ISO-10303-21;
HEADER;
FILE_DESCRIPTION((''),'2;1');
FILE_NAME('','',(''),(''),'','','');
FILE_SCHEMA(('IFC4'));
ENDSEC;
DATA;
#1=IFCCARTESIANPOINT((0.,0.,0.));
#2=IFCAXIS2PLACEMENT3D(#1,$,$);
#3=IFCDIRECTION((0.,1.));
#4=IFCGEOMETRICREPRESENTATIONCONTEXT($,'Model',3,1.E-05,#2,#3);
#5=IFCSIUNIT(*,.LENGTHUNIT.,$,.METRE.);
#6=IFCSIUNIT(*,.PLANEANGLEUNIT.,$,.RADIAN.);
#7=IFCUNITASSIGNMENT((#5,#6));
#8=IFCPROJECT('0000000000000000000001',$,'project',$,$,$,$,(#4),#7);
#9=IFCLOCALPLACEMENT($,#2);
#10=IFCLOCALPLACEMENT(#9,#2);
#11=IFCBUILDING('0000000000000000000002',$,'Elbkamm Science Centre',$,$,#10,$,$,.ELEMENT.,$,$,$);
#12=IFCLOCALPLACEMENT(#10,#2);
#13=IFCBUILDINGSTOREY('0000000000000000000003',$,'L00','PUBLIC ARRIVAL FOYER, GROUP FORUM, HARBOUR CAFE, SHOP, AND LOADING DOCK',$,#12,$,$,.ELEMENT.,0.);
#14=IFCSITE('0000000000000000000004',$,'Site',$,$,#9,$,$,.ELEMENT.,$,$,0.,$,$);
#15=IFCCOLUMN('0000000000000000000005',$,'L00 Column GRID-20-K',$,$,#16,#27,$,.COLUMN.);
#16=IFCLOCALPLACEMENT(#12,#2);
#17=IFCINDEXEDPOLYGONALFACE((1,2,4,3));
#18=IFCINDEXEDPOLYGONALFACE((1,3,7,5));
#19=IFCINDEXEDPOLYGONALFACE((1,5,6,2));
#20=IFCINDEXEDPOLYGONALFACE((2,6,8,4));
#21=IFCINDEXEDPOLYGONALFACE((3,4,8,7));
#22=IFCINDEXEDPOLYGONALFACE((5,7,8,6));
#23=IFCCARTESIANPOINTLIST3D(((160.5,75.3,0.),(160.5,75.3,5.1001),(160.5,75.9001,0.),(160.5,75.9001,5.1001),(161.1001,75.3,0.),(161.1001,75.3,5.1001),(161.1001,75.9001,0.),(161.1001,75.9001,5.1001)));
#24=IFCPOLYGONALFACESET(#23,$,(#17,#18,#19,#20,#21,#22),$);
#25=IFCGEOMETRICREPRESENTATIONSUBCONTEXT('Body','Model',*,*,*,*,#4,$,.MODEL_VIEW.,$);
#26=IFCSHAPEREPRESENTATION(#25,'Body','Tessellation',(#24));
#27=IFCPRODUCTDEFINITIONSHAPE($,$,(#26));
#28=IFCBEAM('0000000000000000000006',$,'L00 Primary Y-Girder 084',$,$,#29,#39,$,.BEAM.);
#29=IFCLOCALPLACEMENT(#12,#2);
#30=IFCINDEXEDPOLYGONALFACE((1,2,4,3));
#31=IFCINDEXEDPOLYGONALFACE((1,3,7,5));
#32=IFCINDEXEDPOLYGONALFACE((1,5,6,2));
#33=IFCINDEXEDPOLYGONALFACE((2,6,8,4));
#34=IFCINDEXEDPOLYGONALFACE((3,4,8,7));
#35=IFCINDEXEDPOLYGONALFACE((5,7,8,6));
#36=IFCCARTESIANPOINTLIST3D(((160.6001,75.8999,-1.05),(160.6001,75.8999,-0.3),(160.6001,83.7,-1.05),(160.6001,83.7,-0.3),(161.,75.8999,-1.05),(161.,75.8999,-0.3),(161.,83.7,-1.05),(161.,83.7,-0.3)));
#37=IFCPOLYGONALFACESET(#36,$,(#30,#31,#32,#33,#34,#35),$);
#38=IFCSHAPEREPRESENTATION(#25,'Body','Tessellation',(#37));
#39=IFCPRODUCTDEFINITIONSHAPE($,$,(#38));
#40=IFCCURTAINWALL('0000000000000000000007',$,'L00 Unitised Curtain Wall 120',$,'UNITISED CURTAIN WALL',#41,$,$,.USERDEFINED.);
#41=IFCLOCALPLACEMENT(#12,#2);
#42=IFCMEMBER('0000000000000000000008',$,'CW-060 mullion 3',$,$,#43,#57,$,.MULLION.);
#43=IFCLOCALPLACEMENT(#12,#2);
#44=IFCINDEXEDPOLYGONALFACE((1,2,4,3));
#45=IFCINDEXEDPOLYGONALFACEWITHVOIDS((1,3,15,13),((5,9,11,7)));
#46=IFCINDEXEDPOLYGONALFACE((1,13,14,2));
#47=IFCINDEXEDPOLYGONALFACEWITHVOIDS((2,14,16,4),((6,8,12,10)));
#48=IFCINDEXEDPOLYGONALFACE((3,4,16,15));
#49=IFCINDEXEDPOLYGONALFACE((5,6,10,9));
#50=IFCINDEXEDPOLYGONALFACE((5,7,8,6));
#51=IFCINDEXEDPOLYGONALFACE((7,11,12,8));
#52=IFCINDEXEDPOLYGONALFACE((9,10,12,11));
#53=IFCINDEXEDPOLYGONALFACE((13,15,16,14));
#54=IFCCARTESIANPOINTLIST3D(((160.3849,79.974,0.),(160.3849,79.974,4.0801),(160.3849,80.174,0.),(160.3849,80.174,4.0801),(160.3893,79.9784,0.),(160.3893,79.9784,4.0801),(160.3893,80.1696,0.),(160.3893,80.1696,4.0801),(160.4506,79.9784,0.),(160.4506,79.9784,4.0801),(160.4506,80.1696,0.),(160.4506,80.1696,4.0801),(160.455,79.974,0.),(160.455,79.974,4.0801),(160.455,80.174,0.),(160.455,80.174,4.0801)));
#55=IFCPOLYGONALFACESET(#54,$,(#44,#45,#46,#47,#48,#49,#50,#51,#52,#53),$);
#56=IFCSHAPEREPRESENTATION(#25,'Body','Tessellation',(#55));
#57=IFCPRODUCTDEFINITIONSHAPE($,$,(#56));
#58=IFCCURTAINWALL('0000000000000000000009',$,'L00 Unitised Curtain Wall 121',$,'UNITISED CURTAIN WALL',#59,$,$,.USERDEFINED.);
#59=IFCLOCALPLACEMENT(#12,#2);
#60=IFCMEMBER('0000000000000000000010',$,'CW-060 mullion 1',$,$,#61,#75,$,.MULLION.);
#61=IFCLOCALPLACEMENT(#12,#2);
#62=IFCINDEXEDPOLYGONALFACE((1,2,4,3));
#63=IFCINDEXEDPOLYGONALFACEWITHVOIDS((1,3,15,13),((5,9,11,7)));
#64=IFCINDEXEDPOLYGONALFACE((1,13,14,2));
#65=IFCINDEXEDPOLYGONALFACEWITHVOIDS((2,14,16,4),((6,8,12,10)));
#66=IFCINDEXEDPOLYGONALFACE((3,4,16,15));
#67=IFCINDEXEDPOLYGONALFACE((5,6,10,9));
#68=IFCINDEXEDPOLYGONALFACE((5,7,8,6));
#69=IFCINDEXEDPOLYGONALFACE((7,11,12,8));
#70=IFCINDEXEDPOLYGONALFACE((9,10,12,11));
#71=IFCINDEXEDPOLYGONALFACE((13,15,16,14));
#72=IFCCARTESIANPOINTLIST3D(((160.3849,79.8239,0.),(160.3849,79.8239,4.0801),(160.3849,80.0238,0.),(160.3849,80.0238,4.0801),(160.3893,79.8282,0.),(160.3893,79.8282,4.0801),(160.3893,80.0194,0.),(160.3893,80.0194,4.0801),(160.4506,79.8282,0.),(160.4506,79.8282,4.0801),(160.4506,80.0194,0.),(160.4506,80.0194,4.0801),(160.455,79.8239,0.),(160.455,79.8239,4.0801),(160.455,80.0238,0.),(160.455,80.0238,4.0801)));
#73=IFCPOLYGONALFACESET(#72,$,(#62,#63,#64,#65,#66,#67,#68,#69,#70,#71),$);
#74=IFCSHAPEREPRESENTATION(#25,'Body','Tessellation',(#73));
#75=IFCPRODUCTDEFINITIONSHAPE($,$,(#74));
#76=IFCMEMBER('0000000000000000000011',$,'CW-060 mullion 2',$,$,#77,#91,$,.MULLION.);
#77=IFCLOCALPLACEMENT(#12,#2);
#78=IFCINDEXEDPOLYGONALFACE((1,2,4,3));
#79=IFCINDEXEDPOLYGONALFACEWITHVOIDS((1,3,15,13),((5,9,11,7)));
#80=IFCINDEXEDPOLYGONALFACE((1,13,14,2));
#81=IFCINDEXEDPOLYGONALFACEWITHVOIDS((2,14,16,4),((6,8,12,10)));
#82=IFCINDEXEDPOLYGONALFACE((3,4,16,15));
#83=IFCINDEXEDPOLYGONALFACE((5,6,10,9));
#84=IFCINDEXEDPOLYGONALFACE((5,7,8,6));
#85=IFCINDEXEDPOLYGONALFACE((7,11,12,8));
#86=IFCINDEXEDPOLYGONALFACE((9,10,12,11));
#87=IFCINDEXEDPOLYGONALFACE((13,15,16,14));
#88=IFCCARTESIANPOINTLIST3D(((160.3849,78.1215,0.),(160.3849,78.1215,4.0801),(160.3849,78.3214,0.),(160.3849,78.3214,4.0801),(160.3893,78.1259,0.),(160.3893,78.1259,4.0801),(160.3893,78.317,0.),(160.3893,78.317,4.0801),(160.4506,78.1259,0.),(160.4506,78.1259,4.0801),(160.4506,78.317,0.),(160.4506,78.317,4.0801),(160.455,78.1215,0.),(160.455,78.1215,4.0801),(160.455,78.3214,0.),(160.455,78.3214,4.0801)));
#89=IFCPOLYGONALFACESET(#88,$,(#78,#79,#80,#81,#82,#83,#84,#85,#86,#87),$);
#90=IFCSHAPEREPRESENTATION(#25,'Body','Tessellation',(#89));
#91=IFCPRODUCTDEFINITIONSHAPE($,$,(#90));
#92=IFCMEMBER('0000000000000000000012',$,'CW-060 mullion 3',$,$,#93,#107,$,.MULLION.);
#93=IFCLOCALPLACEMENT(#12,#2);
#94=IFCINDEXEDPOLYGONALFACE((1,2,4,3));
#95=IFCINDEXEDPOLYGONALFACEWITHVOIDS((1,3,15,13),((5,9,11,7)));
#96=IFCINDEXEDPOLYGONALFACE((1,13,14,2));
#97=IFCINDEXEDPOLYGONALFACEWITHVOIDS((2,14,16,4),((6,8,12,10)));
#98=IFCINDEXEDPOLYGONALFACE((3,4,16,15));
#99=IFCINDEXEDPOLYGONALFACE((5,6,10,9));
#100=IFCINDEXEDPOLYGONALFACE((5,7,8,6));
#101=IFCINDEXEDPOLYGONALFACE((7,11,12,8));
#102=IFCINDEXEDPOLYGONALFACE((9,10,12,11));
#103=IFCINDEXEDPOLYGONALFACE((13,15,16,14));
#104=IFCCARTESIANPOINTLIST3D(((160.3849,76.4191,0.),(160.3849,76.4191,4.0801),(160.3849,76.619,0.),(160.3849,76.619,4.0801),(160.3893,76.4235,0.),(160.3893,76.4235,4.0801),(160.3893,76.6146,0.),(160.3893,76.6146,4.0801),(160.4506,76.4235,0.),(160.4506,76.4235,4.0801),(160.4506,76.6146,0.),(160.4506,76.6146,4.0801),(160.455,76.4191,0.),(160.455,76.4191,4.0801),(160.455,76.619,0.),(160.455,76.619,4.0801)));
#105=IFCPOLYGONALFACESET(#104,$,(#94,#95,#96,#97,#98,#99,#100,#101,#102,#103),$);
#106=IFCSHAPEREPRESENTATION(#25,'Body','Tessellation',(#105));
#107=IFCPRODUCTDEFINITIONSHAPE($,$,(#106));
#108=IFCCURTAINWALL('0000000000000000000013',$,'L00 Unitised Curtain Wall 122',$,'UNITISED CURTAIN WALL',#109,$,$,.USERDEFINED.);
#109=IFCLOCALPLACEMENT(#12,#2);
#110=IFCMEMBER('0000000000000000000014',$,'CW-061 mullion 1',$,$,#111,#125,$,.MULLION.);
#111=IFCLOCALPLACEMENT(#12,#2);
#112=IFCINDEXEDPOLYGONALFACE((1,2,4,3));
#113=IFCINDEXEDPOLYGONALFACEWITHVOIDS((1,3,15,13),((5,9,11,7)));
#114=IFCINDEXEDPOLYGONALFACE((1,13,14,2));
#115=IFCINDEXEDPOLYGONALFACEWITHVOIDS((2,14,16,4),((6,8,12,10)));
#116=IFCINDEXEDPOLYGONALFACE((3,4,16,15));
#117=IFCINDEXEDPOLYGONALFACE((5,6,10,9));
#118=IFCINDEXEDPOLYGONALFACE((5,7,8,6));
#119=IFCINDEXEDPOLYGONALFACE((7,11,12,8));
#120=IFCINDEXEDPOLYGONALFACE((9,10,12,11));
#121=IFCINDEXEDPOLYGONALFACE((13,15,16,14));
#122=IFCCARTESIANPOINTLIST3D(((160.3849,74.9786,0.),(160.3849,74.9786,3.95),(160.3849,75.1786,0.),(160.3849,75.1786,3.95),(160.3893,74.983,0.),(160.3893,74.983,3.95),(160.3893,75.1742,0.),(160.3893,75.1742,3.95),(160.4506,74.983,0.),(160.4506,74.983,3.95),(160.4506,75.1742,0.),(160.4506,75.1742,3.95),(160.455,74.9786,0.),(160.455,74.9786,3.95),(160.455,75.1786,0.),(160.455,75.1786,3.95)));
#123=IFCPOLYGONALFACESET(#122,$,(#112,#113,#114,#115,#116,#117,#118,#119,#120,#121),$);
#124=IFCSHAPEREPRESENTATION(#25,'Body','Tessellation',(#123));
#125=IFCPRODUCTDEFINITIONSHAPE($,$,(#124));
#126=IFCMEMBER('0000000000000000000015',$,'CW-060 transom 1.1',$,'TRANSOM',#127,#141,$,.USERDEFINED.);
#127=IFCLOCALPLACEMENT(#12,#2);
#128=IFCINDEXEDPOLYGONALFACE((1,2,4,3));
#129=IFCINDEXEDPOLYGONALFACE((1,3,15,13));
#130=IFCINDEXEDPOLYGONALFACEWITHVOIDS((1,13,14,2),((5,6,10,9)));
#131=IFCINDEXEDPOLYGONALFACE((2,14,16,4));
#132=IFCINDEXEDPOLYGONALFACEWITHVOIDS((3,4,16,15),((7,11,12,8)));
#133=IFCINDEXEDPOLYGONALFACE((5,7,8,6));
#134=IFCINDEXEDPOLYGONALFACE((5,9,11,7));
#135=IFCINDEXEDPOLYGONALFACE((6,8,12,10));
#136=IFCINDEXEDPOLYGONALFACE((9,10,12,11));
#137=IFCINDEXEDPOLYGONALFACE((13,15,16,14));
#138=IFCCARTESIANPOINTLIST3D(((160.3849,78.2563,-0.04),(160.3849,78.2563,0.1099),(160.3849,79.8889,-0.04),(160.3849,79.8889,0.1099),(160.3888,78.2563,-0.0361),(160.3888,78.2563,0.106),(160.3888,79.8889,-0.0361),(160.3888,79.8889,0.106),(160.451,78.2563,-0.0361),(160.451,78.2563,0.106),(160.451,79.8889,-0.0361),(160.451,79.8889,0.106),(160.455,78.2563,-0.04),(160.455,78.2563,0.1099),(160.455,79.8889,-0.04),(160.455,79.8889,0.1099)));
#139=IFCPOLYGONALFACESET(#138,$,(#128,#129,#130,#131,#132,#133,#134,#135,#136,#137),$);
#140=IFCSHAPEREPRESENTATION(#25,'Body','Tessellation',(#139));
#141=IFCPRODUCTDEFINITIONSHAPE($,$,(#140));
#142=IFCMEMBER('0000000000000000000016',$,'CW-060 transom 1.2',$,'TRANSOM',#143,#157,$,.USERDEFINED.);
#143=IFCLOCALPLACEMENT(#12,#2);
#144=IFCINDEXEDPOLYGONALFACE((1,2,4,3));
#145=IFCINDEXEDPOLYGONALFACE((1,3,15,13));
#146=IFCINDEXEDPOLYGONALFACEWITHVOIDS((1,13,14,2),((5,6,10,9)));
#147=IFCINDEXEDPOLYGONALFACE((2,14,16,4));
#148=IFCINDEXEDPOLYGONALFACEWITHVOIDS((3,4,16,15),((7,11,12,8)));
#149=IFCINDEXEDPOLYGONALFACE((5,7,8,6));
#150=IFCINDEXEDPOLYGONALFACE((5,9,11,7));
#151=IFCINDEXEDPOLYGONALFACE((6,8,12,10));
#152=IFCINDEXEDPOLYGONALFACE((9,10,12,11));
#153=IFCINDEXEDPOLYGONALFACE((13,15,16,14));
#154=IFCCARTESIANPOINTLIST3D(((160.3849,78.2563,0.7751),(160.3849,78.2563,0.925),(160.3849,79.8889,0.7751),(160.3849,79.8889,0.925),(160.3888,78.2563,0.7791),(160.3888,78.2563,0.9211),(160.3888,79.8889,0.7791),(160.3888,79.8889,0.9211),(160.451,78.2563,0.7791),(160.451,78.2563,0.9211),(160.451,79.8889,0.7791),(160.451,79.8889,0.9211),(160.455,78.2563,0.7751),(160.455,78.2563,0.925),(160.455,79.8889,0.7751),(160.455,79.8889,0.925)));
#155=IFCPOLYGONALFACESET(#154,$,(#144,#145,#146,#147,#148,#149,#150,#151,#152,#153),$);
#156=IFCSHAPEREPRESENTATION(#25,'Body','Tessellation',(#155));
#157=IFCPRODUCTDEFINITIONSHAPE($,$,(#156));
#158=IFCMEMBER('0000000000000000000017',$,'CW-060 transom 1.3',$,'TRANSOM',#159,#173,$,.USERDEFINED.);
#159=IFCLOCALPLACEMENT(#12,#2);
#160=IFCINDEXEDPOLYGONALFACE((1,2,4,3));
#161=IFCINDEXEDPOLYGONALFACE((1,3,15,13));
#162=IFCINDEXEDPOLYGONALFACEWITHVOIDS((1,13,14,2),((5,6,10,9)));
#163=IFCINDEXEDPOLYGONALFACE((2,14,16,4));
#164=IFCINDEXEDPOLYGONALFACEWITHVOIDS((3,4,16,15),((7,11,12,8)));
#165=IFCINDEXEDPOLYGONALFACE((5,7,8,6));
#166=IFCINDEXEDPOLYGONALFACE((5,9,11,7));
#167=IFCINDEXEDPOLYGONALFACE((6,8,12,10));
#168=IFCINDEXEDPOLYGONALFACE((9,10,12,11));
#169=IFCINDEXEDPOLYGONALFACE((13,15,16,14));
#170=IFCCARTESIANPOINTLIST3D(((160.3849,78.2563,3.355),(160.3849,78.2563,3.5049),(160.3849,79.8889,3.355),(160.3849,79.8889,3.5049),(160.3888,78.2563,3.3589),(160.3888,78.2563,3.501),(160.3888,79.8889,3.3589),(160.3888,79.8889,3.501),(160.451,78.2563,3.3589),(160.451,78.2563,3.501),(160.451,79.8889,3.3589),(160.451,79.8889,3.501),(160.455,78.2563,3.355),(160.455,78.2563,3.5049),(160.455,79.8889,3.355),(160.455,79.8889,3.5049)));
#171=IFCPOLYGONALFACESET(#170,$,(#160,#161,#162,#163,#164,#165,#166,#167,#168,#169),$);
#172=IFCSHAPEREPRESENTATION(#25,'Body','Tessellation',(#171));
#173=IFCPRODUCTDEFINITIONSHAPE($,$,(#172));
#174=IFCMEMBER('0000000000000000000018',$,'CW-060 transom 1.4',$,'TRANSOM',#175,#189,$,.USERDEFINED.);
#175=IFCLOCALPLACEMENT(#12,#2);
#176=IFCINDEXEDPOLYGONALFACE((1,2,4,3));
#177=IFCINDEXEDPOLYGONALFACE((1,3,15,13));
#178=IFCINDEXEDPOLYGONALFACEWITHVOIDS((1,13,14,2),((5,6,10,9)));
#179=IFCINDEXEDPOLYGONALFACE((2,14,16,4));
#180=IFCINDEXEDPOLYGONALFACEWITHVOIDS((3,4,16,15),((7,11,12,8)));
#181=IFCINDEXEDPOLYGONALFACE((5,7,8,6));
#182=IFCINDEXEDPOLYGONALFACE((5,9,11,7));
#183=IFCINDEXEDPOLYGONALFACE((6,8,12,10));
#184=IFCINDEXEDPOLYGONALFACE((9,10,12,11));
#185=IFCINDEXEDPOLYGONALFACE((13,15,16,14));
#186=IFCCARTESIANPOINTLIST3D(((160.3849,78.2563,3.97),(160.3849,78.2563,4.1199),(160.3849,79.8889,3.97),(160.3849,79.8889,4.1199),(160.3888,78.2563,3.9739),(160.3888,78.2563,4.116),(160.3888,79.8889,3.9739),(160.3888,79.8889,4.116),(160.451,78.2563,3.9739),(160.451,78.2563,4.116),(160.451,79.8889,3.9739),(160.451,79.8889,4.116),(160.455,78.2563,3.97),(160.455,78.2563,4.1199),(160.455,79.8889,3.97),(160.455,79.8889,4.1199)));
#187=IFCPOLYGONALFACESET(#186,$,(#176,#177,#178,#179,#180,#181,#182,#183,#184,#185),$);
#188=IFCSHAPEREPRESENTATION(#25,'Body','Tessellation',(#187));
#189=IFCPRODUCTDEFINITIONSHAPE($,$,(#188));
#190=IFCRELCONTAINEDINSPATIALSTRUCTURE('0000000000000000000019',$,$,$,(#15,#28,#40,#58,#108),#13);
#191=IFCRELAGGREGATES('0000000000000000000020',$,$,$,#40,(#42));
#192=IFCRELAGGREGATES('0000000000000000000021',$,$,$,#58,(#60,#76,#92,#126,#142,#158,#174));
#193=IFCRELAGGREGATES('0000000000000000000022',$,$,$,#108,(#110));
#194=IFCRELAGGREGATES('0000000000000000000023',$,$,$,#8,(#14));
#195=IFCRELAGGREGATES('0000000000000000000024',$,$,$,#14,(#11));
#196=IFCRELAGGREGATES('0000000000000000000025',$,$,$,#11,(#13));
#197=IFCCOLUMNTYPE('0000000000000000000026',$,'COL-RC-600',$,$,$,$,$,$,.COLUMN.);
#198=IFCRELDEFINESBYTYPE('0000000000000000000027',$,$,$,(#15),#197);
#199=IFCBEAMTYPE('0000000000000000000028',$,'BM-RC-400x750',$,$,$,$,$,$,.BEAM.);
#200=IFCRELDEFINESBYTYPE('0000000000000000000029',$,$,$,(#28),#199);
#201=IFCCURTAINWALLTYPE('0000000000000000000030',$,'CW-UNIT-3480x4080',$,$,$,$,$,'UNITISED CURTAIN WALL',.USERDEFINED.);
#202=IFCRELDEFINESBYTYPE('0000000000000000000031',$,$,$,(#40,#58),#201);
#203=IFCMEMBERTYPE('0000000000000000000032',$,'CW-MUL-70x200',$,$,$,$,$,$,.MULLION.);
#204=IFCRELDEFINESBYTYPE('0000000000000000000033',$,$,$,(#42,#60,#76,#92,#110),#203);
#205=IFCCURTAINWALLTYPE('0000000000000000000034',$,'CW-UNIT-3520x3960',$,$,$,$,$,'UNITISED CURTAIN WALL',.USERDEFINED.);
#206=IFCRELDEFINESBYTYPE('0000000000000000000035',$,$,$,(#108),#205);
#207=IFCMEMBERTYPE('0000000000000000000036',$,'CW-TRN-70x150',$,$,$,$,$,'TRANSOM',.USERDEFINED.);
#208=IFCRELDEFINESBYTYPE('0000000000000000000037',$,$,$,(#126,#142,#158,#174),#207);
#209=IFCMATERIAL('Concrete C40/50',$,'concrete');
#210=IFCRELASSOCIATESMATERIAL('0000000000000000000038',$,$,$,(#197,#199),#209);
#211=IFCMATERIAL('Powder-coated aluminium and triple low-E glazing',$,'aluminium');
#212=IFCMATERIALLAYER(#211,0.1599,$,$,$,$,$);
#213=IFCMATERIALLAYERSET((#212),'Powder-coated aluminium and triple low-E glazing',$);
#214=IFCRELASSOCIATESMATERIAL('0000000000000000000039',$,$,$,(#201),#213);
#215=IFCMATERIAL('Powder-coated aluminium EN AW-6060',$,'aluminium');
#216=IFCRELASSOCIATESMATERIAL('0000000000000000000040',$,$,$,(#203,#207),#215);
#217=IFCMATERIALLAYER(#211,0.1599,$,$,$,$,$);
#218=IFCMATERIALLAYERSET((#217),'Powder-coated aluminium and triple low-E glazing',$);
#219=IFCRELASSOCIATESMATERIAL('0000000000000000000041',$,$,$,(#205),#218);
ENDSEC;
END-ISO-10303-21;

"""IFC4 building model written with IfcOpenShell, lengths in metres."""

from ifc_helpers import new_model, si_unit, direction, frame, origin, origin_2d, place, context, subcontext, project, spatial, rectangle, hollow_rectangle, extrude, material, layer, layer_set, material_profile, profile_set, type_object, element, aggregate, save


model = new_model("IFC4")

# Units and contexts
model_context = context("Model", 3, precision=1e-05, world=origin(), true_north=direction((0.0, 1.0)))
body_context = subcontext(model_context, "Body", "Model", "MODEL_VIEW")
ifc_project = project(units=[si_unit("LENGTHUNIT", "METRE"), si_unit("PLANEANGLEUNIT", "RADIAN")], contexts=[model_context])

# Site, building, storey
site_placement = place(None, origin())
site = spatial("IfcSite", under=ifc_project, at=site_placement, Name="Site", CompositionType="ELEMENT", RefElevation=0.0)
building_placement = place(site_placement, origin())
building = spatial("IfcBuilding", under=site, at=building_placement, Name="Elbkamm Science Centre", CompositionType="ELEMENT")
storey_placement = place(building_placement, origin())
storey = spatial("IfcBuildingStorey", under=building, at=storey_placement, Name="L00", Description="PUBLIC ARRIVAL FOYER, GROUP FORUM, HARBOUR CAFE, SHOP, AND LOADING DOCK", CompositionType="ELEMENT", Elevation=0.0)

# Column
ifc_material_1 = material(Name="Concrete C40/50", Category="concrete")
ifc_material_profile_1 = material_profile(ifc_material_1, rectangle(XDim=0.6001, YDim=0.6001, at=origin_2d()), Name="RC 600x600")
ifc_profile_set_1 = profile_set([ifc_material_profile_1], Name="Concrete C40/50")
column_type = type_object("IfcColumnType", Name="COL-RC-600", PredefinedType="COLUMN", material=ifc_profile_set_1)
column_placement = place(storey_placement, frame((160.8, 75.6001, 0.0), z_axis=(0.0, 0.0, 1.0), x_axis=(1.0, 0.0, 0.0)))
element("IfcColumn", 1, at=column_placement, inside=storey, type_object=column_type, Name="L00 Column GRID-20-K", PredefinedType="COLUMN", context=body_context, shape_type="SweptSolid", body=[
    extrude(rectangle(XDim=0.6001, YDim=0.6001, at=origin_2d()), origin(), (0.0, 0.0, 1.0), 5.1001),
])

# Beam
ifc_material_profile_2 = material_profile(ifc_material_1, rectangle(XDim=0.3999, YDim=0.75, at=origin_2d()), Name="RC 400x750")
ifc_profile_set_2 = profile_set([ifc_material_profile_2], Name="Concrete C40/50")
beam_type = type_object("IfcBeamType", Name="BM-RC-400x750", PredefinedType="BEAM", material=ifc_profile_set_2)
beam_placement = place(storey_placement, frame((160.8, 75.8999, -0.675), z_axis=(0.0, 1.0, 0.0), x_axis=(-1.0, 0.0, 0.0)))
element("IfcBeam", 2, at=beam_placement, inside=storey, type_object=beam_type, Name="L00 Primary Y-Girder 084", PredefinedType="BEAM", context=body_context, shape_type="SweptSolid", body=[
    extrude(rectangle(XDim=0.3999, YDim=0.75, at=origin_2d()), origin(), (0.0, 0.0, 1.0), 7.8),
])

# Curtain wall, member
ifc_material_2 = material(Name="Powder-coated aluminium and triple low-E glazing", Category="aluminium")
ifc_layer_1 = layer(ifc_material_2, 0.1599)
ifc_layer_set_1 = layer_set([ifc_layer_1], Name="Powder-coated aluminium and triple low-E glazing")
curtain_wall_type_1 = type_object("IfcCurtainWallType", Name="CW-UNIT-3480x4080", ElementType="UNITISED CURTAIN WALL", PredefinedType="USERDEFINED", material=ifc_layer_set_1)
curtain_wall_1_placement = place(storey_placement, origin())
curtain_wall_1 = element("IfcCurtainWall", 3, at=curtain_wall_1_placement, inside=storey, type_object=curtain_wall_type_1, Name="L00 Unitised Curtain Wall 120", ObjectType="UNITISED CURTAIN WALL", PredefinedType="USERDEFINED")
ifc_material_3 = material(Name="Powder-coated aluminium EN AW-6060", Category="aluminium")
ifc_material_profile_3 = material_profile(ifc_material_3, hollow_rectangle(XDim=0.0701, YDim=0.2, WallThickness=0.0044, at=origin_2d()), Name="ALU M70x200")
ifc_profile_set_3 = profile_set([ifc_material_profile_3], Name="Powder-coated aluminium EN AW-6060")
member_type_1 = type_object("IfcMemberType", Name="CW-MUL-70x200", PredefinedType="MULLION", material=ifc_profile_set_3)
member_1_placement = place(storey_placement, frame((160.4199, 80.074, 0.0), z_axis=(0.0, 0.0, 1.0), x_axis=(1.0, 0.0, 0.0)))
member_1 = element("IfcMember", 4, at=member_1_placement, type_object=member_type_1, Name="CW-060 mullion 3", PredefinedType="MULLION", context=body_context, shape_type="SweptSolid", body=[
    extrude(hollow_rectangle(XDim=0.0701, YDim=0.2, WallThickness=0.0044, at=origin_2d()), origin(), (0.0, 0.0, 1.0), 4.0801),
])

# Curtain wall, members
curtain_wall_2_placement = place(storey_placement, origin())
curtain_wall_2 = element("IfcCurtainWall", 5, at=curtain_wall_2_placement, inside=storey, type_object=curtain_wall_type_1, Name="L00 Unitised Curtain Wall 121", ObjectType="UNITISED CURTAIN WALL", PredefinedType="USERDEFINED")
member_2_placement = place(storey_placement, frame((160.4199, 79.9238, 0.0), z_axis=(0.0, 0.0, 1.0), x_axis=(1.0, 0.0, 0.0)))
member_2 = element("IfcMember", 6, at=member_2_placement, type_object=member_type_1, Name="CW-060 mullion 1", PredefinedType="MULLION", context=body_context, shape_type="SweptSolid", body=[
    extrude(hollow_rectangle(XDim=0.0701, YDim=0.2, WallThickness=0.0044, at=origin_2d()), origin(), (0.0, 0.0, 1.0), 4.0801),
])
member_3_placement = place(storey_placement, frame((160.4199, 78.2214, 0.0), z_axis=(0.0, 0.0, 1.0), x_axis=(1.0, 0.0, 0.0)))
member_3 = element("IfcMember", 7, at=member_3_placement, type_object=member_type_1, Name="CW-060 mullion 2", PredefinedType="MULLION", context=body_context, shape_type="SweptSolid", body=[
    extrude(hollow_rectangle(XDim=0.0701, YDim=0.2, WallThickness=0.0044, at=origin_2d()), origin(), (0.0, 0.0, 1.0), 4.0801),
])
member_4_placement = place(storey_placement, frame((160.4199, 76.519, 0.0), z_axis=(0.0, 0.0, 1.0), x_axis=(1.0, 0.0, 0.0)))
member_4 = element("IfcMember", 8, at=member_4_placement, type_object=member_type_1, Name="CW-060 mullion 3", PredefinedType="MULLION", context=body_context, shape_type="SweptSolid", body=[
    extrude(hollow_rectangle(XDim=0.0701, YDim=0.2, WallThickness=0.0044, at=origin_2d()), origin(), (0.0, 0.0, 1.0), 4.0801),
])

# Curtain wall, member
ifc_layer_2 = layer(ifc_material_2, 0.1599)
ifc_layer_set_2 = layer_set([ifc_layer_2], Name="Powder-coated aluminium and triple low-E glazing")
curtain_wall_type_2 = type_object("IfcCurtainWallType", Name="CW-UNIT-3520x3960", ElementType="UNITISED CURTAIN WALL", PredefinedType="USERDEFINED", material=ifc_layer_set_2)
curtain_wall_3_placement = place(storey_placement, origin())
curtain_wall_3 = element("IfcCurtainWall", 9, at=curtain_wall_3_placement, inside=storey, type_object=curtain_wall_type_2, Name="L00 Unitised Curtain Wall 122", ObjectType="UNITISED CURTAIN WALL", PredefinedType="USERDEFINED")
member_5_placement = place(storey_placement, frame((160.4199, 75.0786, 0.0), z_axis=(0.0, 0.0, 1.0), x_axis=(1.0, 0.0, 0.0)))
member_5 = element("IfcMember", 10, at=member_5_placement, type_object=member_type_1, Name="CW-061 mullion 1", PredefinedType="MULLION", context=body_context, shape_type="SweptSolid", body=[
    extrude(hollow_rectangle(XDim=0.0701, YDim=0.2, WallThickness=0.0044, at=origin_2d()), origin(), (0.0, 0.0, 1.0), 3.95),
])

# Members
ifc_material_profile_4 = material_profile(ifc_material_3, hollow_rectangle(XDim=0.0701, YDim=0.1499, WallThickness=0.0039, at=origin_2d()), Name="ALU T70x150")
ifc_profile_set_4 = profile_set([ifc_material_profile_4], Name="Powder-coated aluminium EN AW-6060")
member_type_2 = type_object("IfcMemberType", Name="CW-TRN-70x150", ElementType="TRANSOM", PredefinedType="USERDEFINED", material=ifc_profile_set_4)
member_6_placement = place(storey_placement, frame((160.4199, 79.8889, 0.0349), z_axis=(0.0, -1.0, 0.0), x_axis=(1.0, 0.0, 0.0)))
member_6 = element("IfcMember", 11, at=member_6_placement, type_object=member_type_2, Name="CW-060 transom 1.1", ObjectType="TRANSOM", PredefinedType="USERDEFINED", context=body_context, shape_type="SweptSolid", body=[
    extrude(hollow_rectangle(XDim=0.0701, YDim=0.1499, WallThickness=0.0039, at=origin_2d()), origin(), (0.0, 0.0, 1.0), 1.6326),
])
member_7_placement = place(storey_placement, frame((160.4199, 79.8889, 0.8501), z_axis=(0.0, -1.0, 0.0), x_axis=(1.0, 0.0, 0.0)))
member_7 = element("IfcMember", 12, at=member_7_placement, type_object=member_type_2, Name="CW-060 transom 1.2", ObjectType="TRANSOM", PredefinedType="USERDEFINED", context=body_context, shape_type="SweptSolid", body=[
    extrude(hollow_rectangle(XDim=0.0701, YDim=0.1499, WallThickness=0.0039, at=origin_2d()), origin(), (0.0, 0.0, 1.0), 1.6326),
])
member_8_placement = place(storey_placement, frame((160.4199, 79.8889, 3.4299), z_axis=(0.0, -1.0, 0.0), x_axis=(1.0, 0.0, 0.0)))
member_8 = element("IfcMember", 13, at=member_8_placement, type_object=member_type_2, Name="CW-060 transom 1.3", ObjectType="TRANSOM", PredefinedType="USERDEFINED", context=body_context, shape_type="SweptSolid", body=[
    extrude(hollow_rectangle(XDim=0.0701, YDim=0.1499, WallThickness=0.0039, at=origin_2d()), origin(), (0.0, 0.0, 1.0), 1.6326),
])
member_9_placement = place(storey_placement, frame((160.4199, 79.8889, 4.0449), z_axis=(0.0, -1.0, 0.0), x_axis=(1.0, 0.0, 0.0)))
member_9 = element("IfcMember", 14, at=member_9_placement, type_object=member_type_2, Name="CW-060 transom 1.4", ObjectType="TRANSOM", PredefinedType="USERDEFINED", context=body_context, shape_type="SweptSolid", body=[
    extrude(hollow_rectangle(XDim=0.0701, YDim=0.1499, WallThickness=0.0039, at=origin_2d()), origin(), (0.0, 0.0, 1.0), 1.6326),
])

aggregate(curtain_wall_1, [member_1])
aggregate(curtain_wall_2, [member_2, member_3, member_4, member_6, member_7, member_8, member_9])
aggregate(curtain_wall_3, [member_5])

save(model, "model.ifc")
